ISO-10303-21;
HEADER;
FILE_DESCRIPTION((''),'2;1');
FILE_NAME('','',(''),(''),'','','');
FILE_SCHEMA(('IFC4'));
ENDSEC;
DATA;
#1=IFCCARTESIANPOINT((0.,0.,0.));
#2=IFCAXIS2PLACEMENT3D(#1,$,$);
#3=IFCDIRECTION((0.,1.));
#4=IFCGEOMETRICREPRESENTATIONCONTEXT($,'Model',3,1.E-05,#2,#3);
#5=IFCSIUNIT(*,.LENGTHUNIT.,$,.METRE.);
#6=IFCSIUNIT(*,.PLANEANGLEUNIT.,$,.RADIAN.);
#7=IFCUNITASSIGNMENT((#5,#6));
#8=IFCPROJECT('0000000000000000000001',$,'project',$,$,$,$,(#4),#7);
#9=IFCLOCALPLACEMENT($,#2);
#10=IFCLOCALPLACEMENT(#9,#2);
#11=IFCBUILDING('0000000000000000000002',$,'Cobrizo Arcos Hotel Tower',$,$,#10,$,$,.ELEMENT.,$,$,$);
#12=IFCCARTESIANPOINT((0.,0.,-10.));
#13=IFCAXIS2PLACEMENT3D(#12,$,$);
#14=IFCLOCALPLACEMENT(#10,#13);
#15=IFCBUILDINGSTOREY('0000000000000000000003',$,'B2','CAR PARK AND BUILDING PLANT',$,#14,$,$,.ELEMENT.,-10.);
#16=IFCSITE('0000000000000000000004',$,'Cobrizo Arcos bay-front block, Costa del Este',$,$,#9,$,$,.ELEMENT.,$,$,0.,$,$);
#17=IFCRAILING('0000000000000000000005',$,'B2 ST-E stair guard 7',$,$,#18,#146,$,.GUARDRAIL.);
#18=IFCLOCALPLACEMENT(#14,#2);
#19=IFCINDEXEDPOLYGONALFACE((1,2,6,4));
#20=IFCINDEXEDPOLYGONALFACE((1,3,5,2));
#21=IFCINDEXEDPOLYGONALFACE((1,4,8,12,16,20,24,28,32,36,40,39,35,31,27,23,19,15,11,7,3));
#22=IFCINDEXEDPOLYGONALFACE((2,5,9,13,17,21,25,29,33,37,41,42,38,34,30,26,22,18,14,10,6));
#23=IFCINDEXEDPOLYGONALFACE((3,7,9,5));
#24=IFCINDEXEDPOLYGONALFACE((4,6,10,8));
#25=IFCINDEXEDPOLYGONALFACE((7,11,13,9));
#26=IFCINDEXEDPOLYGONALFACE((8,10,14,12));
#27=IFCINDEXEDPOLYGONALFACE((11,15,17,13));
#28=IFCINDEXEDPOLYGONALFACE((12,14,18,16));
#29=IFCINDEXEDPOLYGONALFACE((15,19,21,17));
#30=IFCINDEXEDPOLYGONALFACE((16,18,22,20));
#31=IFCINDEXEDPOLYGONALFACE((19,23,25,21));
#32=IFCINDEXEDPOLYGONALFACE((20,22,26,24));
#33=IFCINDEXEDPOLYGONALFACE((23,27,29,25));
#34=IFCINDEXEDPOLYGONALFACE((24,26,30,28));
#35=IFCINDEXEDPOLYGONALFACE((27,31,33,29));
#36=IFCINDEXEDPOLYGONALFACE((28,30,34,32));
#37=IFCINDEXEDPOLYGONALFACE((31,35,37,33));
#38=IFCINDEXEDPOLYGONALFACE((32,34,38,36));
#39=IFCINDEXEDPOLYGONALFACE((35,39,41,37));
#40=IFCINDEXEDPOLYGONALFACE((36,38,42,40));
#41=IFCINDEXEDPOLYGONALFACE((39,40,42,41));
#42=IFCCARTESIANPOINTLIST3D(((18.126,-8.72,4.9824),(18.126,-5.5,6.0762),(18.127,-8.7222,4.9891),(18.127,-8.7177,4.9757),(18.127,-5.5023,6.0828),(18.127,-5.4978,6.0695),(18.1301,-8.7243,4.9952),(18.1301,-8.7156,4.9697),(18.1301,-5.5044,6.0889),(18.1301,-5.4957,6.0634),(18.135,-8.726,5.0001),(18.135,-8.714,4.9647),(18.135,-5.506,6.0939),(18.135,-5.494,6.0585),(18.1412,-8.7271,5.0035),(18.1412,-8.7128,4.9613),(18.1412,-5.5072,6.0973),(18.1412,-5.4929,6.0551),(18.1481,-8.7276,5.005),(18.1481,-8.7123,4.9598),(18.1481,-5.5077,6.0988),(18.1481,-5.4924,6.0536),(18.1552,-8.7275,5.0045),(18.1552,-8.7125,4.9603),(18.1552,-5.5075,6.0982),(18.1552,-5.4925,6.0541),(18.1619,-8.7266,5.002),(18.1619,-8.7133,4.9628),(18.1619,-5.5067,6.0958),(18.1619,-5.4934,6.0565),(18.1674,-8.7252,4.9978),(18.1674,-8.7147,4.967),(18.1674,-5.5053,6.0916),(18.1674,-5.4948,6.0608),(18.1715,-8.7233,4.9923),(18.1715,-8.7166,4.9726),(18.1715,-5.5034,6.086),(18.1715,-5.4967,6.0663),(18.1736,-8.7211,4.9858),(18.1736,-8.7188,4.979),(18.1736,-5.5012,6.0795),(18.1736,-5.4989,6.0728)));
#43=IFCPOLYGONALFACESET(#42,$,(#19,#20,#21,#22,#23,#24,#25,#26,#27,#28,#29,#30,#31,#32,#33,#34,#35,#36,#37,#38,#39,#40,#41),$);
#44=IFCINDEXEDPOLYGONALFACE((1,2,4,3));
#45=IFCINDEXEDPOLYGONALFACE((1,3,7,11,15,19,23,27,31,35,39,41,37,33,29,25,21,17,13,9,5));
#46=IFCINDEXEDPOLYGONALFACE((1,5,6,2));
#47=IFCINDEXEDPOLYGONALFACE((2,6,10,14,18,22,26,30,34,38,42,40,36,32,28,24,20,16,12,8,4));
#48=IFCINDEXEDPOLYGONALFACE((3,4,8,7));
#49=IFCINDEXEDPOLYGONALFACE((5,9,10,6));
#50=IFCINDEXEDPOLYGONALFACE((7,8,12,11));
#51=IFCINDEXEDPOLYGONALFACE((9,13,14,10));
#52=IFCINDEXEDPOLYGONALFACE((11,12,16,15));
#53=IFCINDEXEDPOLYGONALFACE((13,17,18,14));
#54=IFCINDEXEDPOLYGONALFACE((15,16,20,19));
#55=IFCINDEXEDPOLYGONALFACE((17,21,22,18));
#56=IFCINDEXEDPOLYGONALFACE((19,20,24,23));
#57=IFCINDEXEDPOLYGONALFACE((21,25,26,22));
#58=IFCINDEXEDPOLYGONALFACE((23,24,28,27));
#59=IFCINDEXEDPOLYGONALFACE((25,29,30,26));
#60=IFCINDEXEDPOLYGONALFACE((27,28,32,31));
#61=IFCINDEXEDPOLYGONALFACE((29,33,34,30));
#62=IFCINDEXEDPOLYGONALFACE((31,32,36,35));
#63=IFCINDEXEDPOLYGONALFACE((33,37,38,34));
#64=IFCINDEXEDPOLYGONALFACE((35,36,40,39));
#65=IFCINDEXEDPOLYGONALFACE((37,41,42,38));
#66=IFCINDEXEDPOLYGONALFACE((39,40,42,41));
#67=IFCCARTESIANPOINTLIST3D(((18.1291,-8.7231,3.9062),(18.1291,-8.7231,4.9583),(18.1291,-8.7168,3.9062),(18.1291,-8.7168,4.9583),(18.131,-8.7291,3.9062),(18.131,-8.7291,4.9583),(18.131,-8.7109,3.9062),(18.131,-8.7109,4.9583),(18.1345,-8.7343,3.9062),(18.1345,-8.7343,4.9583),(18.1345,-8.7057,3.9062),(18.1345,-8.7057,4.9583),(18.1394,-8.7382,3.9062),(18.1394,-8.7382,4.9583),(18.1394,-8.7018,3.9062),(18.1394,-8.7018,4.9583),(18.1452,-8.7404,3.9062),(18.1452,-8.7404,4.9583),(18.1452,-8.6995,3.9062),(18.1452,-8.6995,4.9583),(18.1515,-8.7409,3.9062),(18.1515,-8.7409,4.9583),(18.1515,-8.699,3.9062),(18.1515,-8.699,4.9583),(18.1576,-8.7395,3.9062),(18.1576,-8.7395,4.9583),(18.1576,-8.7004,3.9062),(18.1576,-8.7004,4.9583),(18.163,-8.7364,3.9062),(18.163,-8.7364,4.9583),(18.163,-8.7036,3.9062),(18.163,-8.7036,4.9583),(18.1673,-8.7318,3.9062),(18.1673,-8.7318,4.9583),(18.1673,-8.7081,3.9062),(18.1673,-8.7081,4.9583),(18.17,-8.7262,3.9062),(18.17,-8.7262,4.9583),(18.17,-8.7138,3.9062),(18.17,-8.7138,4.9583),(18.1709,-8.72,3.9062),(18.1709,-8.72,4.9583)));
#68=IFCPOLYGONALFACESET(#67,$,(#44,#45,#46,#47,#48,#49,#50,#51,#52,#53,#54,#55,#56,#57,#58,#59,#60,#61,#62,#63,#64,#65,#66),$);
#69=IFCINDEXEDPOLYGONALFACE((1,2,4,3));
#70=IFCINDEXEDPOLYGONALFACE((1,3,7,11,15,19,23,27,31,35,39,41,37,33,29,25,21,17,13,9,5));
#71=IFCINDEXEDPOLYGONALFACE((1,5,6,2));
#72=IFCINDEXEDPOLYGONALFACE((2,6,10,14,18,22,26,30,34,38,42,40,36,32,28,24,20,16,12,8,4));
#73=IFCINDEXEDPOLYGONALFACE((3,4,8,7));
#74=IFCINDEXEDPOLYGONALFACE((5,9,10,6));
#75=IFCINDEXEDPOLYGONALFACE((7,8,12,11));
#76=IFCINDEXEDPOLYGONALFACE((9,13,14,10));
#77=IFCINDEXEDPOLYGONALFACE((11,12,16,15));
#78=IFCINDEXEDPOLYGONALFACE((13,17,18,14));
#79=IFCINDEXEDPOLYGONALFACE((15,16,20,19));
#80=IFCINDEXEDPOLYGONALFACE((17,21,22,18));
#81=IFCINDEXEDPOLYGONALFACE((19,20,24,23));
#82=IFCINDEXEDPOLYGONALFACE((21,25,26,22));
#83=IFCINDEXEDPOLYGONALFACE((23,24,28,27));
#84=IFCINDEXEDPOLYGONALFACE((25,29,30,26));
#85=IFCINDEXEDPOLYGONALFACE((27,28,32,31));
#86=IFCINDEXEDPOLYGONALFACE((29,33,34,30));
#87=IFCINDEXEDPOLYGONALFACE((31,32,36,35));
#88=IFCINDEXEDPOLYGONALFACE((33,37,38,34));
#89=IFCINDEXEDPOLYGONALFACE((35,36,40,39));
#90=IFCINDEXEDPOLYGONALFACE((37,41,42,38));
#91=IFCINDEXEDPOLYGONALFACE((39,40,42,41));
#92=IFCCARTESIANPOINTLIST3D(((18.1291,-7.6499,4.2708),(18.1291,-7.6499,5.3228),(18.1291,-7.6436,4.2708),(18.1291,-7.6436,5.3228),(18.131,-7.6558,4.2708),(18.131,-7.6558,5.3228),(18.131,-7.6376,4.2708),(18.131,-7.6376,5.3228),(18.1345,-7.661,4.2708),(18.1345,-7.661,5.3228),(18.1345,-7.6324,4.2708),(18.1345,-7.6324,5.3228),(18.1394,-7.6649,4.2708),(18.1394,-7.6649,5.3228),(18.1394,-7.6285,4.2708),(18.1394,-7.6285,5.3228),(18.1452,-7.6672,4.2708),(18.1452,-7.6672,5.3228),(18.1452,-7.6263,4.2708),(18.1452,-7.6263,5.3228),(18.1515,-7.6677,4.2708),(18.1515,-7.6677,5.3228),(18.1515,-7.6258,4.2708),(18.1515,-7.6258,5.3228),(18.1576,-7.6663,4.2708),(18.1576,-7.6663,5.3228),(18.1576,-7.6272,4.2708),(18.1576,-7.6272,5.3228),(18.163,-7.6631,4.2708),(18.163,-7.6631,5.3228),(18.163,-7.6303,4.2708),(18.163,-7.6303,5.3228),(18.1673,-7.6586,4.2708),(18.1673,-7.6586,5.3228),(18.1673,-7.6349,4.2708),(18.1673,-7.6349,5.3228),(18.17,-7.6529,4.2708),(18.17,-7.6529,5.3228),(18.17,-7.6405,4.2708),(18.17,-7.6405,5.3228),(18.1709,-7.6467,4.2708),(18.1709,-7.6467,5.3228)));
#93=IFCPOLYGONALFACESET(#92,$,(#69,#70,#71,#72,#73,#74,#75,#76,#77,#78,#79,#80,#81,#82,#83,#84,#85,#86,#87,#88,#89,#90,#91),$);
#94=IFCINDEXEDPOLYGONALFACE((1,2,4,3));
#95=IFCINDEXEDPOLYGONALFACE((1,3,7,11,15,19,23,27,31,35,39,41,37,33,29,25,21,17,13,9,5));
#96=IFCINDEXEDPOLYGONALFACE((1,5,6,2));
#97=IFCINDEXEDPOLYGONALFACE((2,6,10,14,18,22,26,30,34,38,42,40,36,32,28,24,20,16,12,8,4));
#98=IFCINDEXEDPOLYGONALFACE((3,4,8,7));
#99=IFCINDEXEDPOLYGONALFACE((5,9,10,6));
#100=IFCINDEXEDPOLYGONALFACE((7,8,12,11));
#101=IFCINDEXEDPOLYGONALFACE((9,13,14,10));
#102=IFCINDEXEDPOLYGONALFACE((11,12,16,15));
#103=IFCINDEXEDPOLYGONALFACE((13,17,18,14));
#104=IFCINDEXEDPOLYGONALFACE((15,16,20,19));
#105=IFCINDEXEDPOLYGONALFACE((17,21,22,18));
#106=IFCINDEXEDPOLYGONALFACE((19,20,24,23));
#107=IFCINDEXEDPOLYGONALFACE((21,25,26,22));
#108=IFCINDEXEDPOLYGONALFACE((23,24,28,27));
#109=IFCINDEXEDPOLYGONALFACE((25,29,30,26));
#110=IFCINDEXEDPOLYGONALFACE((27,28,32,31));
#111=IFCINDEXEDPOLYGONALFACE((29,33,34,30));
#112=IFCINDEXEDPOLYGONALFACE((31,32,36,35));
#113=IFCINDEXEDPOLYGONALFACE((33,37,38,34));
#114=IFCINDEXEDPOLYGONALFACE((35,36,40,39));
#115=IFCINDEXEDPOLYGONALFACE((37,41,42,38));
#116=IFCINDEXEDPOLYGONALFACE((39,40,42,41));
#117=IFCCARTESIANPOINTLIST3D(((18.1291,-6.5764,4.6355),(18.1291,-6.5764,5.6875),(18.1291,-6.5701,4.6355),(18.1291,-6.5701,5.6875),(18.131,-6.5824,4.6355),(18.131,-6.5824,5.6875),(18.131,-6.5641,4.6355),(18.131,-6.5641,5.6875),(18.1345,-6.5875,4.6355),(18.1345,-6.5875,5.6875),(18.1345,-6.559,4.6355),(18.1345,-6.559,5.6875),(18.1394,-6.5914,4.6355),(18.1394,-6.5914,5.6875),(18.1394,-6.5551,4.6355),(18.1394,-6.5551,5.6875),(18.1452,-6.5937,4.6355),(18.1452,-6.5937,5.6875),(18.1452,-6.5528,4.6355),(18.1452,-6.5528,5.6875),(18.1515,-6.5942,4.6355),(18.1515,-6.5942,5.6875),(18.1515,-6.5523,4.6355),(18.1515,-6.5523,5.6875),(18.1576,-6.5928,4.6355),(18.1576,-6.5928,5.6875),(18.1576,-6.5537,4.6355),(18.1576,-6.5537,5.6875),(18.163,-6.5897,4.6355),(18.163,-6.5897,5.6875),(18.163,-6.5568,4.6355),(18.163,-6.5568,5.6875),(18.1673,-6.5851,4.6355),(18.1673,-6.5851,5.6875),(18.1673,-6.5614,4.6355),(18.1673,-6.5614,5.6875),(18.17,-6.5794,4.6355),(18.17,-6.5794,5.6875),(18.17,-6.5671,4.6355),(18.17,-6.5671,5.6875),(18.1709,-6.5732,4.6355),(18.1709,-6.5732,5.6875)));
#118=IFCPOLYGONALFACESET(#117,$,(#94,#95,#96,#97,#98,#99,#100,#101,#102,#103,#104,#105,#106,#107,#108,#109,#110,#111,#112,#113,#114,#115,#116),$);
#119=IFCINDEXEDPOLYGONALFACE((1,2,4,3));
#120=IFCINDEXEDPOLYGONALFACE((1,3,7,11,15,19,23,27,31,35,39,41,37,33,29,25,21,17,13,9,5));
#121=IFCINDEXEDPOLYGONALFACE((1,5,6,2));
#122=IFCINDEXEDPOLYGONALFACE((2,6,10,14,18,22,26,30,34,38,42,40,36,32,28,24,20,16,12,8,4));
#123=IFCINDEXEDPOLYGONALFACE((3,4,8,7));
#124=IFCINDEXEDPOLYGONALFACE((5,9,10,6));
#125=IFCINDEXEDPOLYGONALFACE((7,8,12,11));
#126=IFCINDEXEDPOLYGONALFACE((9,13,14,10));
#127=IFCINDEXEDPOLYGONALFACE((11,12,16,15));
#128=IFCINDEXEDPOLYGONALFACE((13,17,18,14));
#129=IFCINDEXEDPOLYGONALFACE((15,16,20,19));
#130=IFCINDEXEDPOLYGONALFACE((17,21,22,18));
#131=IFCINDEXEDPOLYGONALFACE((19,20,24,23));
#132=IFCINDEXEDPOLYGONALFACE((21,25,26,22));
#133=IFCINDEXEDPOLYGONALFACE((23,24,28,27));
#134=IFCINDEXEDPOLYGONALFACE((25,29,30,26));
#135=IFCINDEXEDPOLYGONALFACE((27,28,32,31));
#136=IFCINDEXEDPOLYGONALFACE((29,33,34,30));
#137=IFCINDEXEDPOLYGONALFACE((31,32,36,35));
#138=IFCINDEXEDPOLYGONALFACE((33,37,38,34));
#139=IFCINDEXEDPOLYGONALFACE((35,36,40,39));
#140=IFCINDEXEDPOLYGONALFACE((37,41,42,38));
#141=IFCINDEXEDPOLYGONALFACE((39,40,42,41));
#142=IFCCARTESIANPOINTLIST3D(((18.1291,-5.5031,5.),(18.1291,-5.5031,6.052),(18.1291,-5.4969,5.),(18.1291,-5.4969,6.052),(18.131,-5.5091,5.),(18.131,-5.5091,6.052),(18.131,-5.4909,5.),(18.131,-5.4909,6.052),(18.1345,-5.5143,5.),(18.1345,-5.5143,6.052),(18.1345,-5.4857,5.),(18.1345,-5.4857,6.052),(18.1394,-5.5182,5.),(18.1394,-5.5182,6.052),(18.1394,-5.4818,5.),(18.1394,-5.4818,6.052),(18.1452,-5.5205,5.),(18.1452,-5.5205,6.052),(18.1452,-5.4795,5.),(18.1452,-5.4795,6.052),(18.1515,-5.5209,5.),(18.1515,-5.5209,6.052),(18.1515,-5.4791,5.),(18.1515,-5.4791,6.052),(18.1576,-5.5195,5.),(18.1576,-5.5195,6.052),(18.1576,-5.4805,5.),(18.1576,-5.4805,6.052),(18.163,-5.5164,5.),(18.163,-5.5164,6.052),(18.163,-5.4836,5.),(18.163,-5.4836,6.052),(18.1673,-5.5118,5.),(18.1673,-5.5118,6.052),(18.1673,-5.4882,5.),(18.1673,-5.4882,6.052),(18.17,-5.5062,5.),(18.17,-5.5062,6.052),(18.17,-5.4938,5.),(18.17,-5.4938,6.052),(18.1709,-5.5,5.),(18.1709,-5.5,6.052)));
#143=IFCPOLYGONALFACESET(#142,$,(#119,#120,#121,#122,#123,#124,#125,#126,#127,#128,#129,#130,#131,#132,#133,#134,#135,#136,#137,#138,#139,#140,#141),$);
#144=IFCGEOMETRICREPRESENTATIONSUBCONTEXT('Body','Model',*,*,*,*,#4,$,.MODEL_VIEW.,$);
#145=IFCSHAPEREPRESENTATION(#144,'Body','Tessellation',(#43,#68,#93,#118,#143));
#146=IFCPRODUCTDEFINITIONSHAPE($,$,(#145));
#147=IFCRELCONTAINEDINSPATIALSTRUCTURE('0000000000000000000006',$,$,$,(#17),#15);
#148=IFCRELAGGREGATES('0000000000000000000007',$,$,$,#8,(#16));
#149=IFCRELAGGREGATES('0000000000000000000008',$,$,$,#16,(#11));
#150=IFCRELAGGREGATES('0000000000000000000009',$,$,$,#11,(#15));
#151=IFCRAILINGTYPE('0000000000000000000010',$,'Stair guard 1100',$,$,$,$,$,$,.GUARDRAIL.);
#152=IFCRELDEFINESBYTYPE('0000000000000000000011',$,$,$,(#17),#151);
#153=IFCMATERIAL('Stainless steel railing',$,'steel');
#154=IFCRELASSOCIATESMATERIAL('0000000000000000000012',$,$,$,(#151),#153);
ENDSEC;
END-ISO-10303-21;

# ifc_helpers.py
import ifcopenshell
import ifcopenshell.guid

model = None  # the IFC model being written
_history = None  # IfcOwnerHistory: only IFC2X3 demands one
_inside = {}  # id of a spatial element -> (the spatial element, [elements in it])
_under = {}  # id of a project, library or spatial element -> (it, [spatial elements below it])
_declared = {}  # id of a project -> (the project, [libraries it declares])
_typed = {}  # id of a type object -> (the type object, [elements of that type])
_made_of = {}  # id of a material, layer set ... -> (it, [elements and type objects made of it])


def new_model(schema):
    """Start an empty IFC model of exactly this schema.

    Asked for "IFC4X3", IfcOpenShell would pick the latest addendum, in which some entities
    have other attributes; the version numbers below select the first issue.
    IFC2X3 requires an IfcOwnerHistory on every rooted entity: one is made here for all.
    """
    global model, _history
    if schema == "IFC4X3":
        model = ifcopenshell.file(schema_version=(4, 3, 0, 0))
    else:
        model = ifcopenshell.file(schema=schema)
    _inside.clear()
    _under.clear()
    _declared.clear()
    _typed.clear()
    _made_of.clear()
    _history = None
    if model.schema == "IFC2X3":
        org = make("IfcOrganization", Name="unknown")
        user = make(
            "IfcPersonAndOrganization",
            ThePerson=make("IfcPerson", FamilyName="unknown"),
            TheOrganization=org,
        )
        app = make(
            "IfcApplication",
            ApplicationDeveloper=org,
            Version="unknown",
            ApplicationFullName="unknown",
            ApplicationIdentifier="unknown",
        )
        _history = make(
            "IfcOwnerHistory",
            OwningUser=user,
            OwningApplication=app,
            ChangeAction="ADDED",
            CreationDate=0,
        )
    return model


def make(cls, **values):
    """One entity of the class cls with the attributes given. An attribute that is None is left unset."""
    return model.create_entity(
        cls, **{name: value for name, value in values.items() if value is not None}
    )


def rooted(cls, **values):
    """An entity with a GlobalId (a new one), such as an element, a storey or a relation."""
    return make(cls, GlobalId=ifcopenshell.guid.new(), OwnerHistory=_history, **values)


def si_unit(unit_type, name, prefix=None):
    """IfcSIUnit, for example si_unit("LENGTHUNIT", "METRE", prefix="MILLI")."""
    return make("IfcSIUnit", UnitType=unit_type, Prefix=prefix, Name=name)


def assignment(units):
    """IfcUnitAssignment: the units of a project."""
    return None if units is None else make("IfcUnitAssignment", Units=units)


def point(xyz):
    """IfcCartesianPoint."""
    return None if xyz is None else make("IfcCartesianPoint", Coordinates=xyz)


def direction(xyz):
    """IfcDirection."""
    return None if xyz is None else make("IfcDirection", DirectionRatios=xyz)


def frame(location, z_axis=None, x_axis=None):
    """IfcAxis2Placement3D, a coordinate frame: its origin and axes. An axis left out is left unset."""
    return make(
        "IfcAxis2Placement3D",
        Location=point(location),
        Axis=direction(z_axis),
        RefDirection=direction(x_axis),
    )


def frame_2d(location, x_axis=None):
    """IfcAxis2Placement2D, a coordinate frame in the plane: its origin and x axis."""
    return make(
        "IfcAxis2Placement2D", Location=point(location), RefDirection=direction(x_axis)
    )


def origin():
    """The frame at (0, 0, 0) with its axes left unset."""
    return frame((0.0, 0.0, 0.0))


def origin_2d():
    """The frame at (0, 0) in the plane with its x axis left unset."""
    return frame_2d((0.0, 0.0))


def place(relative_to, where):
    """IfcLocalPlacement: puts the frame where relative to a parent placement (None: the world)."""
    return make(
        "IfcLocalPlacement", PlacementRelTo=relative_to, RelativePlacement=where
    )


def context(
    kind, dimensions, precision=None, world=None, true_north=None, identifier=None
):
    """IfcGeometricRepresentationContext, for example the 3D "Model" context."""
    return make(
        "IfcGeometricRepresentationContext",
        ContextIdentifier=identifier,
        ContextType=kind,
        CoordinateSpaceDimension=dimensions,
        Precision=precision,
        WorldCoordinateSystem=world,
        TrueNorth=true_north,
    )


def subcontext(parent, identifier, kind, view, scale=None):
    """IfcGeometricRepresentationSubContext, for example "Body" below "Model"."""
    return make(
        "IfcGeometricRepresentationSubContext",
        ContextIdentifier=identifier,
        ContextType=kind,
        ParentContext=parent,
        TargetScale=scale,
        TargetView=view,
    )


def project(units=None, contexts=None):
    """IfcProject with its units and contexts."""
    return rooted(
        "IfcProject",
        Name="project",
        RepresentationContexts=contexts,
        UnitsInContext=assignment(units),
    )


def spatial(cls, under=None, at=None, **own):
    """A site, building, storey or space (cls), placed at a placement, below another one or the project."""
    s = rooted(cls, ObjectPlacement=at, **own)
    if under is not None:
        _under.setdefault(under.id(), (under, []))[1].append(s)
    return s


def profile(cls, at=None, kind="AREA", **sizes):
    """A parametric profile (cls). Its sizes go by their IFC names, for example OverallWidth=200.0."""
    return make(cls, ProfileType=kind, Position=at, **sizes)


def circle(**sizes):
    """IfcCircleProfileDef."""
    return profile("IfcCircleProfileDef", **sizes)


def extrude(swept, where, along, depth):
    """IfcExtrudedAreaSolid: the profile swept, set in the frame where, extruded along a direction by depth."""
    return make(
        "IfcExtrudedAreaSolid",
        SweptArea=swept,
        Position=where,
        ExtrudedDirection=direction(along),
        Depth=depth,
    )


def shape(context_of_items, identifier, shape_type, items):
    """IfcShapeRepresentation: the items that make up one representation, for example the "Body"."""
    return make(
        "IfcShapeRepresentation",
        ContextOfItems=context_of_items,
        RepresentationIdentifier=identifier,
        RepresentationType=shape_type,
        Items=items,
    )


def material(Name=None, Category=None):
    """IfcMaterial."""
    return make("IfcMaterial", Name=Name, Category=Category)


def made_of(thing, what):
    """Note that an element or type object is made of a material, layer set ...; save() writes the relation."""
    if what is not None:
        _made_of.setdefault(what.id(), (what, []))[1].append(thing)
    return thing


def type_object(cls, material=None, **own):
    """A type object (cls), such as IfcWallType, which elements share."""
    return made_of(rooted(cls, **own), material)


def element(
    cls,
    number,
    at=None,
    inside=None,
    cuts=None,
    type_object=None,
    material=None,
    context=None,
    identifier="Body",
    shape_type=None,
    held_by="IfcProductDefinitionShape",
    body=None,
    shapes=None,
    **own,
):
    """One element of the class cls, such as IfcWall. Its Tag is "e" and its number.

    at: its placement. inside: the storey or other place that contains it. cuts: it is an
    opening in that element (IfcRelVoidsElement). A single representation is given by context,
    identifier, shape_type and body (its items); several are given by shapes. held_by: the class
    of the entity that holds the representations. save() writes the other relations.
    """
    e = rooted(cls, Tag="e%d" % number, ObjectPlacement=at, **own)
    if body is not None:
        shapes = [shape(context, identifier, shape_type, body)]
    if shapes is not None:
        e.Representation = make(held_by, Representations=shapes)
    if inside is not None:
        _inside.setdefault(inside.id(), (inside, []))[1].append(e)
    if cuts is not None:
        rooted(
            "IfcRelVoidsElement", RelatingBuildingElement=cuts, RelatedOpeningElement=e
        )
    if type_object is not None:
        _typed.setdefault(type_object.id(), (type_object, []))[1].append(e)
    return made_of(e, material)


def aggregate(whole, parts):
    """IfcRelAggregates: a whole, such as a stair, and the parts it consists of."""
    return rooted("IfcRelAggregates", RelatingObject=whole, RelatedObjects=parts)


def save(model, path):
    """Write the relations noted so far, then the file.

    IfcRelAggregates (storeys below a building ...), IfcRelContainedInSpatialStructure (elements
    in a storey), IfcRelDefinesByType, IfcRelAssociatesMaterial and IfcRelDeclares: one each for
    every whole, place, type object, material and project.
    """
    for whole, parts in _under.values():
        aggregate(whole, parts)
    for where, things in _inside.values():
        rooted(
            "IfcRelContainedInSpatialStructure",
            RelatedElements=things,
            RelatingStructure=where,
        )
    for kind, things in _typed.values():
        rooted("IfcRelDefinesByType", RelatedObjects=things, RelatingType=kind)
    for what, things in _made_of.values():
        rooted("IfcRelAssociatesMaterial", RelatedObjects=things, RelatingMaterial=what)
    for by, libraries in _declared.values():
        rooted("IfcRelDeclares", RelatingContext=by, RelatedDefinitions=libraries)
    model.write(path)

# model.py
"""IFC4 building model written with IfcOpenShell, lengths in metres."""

from ifc_helpers import new_model, si_unit, direction, frame, origin, origin_2d, place, context, subcontext, project, spatial, circle, extrude, material, type_object, element, save


model = new_model("IFC4")

# Units and contexts
model_context = context("Model", 3, precision=1e-05, world=origin(), true_north=direction((0.0, 1.0)))
body_context = subcontext(model_context, "Body", "Model", "MODEL_VIEW")
ifc_project = project(units=[si_unit("LENGTHUNIT", "METRE"), si_unit("PLANEANGLEUNIT", "RADIAN")], contexts=[model_context])

# Site, building, storey
site_placement = place(None, origin())
site = spatial("IfcSite", under=ifc_project, at=site_placement, Name="Cobrizo Arcos bay-front block, Costa del Este", CompositionType="ELEMENT", RefElevation=0.0)
building_placement = place(site_placement, origin())
building = spatial("IfcBuilding", under=site, at=building_placement, Name="Cobrizo Arcos Hotel Tower", CompositionType="ELEMENT")
storey_placement = place(building_placement, frame((0.0, 0.0, -10.0)))
storey = spatial("IfcBuildingStorey", under=building, at=storey_placement, Name="B2", Description="CAR PARK AND BUILDING PLANT", CompositionType="ELEMENT", Elevation=-10.0)

# Railing
ifc_material_1 = material(Name="Stainless steel railing", Category="steel")
railing_type_1 = type_object("IfcRailingType", Name="Stair guard 1100", PredefinedType="GUARDRAIL", material=ifc_material_1)
railing_1_placement = place(storey_placement, frame((18.1499, -8.72, 3.9062)))
element("IfcRailing", 1, at=railing_1_placement, inside=storey, type_object=railing_type_1, Name="B2 ST-E stair guard 7", PredefinedType="GUARDRAIL", context=body_context, shape_type="SweptSolid", body=[
    extrude(circle(Radius=0.0239, at=origin_2d()), frame((0.0, 0.0, 1.0762), z_axis=(0.0, 0.946866, 0.321629), x_axis=(-1.0, 0.0, 0.0)), (0.0, 0.0, 1.0), 3.4006),
    extrude(circle(Radius=0.021, at=origin_2d()), origin(), (0.0, 0.0, 1.0), 1.052),
    extrude(circle(Radius=0.021, at=origin_2d()), frame((0.0, 1.0732, 0.3645)), (0.0, 0.0, 1.0), 1.052),
    extrude(circle(Radius=0.021, at=origin_2d()), frame((0.0, 2.1467, 0.7292)), (0.0, 0.0, 1.0), 1.052),
    extrude(circle(Radius=0.021, at=origin_2d()), frame((0.0, 3.22, 1.0938)), (0.0, 0.0, 1.0), 1.052),
])

save(model, "model.ifc")
